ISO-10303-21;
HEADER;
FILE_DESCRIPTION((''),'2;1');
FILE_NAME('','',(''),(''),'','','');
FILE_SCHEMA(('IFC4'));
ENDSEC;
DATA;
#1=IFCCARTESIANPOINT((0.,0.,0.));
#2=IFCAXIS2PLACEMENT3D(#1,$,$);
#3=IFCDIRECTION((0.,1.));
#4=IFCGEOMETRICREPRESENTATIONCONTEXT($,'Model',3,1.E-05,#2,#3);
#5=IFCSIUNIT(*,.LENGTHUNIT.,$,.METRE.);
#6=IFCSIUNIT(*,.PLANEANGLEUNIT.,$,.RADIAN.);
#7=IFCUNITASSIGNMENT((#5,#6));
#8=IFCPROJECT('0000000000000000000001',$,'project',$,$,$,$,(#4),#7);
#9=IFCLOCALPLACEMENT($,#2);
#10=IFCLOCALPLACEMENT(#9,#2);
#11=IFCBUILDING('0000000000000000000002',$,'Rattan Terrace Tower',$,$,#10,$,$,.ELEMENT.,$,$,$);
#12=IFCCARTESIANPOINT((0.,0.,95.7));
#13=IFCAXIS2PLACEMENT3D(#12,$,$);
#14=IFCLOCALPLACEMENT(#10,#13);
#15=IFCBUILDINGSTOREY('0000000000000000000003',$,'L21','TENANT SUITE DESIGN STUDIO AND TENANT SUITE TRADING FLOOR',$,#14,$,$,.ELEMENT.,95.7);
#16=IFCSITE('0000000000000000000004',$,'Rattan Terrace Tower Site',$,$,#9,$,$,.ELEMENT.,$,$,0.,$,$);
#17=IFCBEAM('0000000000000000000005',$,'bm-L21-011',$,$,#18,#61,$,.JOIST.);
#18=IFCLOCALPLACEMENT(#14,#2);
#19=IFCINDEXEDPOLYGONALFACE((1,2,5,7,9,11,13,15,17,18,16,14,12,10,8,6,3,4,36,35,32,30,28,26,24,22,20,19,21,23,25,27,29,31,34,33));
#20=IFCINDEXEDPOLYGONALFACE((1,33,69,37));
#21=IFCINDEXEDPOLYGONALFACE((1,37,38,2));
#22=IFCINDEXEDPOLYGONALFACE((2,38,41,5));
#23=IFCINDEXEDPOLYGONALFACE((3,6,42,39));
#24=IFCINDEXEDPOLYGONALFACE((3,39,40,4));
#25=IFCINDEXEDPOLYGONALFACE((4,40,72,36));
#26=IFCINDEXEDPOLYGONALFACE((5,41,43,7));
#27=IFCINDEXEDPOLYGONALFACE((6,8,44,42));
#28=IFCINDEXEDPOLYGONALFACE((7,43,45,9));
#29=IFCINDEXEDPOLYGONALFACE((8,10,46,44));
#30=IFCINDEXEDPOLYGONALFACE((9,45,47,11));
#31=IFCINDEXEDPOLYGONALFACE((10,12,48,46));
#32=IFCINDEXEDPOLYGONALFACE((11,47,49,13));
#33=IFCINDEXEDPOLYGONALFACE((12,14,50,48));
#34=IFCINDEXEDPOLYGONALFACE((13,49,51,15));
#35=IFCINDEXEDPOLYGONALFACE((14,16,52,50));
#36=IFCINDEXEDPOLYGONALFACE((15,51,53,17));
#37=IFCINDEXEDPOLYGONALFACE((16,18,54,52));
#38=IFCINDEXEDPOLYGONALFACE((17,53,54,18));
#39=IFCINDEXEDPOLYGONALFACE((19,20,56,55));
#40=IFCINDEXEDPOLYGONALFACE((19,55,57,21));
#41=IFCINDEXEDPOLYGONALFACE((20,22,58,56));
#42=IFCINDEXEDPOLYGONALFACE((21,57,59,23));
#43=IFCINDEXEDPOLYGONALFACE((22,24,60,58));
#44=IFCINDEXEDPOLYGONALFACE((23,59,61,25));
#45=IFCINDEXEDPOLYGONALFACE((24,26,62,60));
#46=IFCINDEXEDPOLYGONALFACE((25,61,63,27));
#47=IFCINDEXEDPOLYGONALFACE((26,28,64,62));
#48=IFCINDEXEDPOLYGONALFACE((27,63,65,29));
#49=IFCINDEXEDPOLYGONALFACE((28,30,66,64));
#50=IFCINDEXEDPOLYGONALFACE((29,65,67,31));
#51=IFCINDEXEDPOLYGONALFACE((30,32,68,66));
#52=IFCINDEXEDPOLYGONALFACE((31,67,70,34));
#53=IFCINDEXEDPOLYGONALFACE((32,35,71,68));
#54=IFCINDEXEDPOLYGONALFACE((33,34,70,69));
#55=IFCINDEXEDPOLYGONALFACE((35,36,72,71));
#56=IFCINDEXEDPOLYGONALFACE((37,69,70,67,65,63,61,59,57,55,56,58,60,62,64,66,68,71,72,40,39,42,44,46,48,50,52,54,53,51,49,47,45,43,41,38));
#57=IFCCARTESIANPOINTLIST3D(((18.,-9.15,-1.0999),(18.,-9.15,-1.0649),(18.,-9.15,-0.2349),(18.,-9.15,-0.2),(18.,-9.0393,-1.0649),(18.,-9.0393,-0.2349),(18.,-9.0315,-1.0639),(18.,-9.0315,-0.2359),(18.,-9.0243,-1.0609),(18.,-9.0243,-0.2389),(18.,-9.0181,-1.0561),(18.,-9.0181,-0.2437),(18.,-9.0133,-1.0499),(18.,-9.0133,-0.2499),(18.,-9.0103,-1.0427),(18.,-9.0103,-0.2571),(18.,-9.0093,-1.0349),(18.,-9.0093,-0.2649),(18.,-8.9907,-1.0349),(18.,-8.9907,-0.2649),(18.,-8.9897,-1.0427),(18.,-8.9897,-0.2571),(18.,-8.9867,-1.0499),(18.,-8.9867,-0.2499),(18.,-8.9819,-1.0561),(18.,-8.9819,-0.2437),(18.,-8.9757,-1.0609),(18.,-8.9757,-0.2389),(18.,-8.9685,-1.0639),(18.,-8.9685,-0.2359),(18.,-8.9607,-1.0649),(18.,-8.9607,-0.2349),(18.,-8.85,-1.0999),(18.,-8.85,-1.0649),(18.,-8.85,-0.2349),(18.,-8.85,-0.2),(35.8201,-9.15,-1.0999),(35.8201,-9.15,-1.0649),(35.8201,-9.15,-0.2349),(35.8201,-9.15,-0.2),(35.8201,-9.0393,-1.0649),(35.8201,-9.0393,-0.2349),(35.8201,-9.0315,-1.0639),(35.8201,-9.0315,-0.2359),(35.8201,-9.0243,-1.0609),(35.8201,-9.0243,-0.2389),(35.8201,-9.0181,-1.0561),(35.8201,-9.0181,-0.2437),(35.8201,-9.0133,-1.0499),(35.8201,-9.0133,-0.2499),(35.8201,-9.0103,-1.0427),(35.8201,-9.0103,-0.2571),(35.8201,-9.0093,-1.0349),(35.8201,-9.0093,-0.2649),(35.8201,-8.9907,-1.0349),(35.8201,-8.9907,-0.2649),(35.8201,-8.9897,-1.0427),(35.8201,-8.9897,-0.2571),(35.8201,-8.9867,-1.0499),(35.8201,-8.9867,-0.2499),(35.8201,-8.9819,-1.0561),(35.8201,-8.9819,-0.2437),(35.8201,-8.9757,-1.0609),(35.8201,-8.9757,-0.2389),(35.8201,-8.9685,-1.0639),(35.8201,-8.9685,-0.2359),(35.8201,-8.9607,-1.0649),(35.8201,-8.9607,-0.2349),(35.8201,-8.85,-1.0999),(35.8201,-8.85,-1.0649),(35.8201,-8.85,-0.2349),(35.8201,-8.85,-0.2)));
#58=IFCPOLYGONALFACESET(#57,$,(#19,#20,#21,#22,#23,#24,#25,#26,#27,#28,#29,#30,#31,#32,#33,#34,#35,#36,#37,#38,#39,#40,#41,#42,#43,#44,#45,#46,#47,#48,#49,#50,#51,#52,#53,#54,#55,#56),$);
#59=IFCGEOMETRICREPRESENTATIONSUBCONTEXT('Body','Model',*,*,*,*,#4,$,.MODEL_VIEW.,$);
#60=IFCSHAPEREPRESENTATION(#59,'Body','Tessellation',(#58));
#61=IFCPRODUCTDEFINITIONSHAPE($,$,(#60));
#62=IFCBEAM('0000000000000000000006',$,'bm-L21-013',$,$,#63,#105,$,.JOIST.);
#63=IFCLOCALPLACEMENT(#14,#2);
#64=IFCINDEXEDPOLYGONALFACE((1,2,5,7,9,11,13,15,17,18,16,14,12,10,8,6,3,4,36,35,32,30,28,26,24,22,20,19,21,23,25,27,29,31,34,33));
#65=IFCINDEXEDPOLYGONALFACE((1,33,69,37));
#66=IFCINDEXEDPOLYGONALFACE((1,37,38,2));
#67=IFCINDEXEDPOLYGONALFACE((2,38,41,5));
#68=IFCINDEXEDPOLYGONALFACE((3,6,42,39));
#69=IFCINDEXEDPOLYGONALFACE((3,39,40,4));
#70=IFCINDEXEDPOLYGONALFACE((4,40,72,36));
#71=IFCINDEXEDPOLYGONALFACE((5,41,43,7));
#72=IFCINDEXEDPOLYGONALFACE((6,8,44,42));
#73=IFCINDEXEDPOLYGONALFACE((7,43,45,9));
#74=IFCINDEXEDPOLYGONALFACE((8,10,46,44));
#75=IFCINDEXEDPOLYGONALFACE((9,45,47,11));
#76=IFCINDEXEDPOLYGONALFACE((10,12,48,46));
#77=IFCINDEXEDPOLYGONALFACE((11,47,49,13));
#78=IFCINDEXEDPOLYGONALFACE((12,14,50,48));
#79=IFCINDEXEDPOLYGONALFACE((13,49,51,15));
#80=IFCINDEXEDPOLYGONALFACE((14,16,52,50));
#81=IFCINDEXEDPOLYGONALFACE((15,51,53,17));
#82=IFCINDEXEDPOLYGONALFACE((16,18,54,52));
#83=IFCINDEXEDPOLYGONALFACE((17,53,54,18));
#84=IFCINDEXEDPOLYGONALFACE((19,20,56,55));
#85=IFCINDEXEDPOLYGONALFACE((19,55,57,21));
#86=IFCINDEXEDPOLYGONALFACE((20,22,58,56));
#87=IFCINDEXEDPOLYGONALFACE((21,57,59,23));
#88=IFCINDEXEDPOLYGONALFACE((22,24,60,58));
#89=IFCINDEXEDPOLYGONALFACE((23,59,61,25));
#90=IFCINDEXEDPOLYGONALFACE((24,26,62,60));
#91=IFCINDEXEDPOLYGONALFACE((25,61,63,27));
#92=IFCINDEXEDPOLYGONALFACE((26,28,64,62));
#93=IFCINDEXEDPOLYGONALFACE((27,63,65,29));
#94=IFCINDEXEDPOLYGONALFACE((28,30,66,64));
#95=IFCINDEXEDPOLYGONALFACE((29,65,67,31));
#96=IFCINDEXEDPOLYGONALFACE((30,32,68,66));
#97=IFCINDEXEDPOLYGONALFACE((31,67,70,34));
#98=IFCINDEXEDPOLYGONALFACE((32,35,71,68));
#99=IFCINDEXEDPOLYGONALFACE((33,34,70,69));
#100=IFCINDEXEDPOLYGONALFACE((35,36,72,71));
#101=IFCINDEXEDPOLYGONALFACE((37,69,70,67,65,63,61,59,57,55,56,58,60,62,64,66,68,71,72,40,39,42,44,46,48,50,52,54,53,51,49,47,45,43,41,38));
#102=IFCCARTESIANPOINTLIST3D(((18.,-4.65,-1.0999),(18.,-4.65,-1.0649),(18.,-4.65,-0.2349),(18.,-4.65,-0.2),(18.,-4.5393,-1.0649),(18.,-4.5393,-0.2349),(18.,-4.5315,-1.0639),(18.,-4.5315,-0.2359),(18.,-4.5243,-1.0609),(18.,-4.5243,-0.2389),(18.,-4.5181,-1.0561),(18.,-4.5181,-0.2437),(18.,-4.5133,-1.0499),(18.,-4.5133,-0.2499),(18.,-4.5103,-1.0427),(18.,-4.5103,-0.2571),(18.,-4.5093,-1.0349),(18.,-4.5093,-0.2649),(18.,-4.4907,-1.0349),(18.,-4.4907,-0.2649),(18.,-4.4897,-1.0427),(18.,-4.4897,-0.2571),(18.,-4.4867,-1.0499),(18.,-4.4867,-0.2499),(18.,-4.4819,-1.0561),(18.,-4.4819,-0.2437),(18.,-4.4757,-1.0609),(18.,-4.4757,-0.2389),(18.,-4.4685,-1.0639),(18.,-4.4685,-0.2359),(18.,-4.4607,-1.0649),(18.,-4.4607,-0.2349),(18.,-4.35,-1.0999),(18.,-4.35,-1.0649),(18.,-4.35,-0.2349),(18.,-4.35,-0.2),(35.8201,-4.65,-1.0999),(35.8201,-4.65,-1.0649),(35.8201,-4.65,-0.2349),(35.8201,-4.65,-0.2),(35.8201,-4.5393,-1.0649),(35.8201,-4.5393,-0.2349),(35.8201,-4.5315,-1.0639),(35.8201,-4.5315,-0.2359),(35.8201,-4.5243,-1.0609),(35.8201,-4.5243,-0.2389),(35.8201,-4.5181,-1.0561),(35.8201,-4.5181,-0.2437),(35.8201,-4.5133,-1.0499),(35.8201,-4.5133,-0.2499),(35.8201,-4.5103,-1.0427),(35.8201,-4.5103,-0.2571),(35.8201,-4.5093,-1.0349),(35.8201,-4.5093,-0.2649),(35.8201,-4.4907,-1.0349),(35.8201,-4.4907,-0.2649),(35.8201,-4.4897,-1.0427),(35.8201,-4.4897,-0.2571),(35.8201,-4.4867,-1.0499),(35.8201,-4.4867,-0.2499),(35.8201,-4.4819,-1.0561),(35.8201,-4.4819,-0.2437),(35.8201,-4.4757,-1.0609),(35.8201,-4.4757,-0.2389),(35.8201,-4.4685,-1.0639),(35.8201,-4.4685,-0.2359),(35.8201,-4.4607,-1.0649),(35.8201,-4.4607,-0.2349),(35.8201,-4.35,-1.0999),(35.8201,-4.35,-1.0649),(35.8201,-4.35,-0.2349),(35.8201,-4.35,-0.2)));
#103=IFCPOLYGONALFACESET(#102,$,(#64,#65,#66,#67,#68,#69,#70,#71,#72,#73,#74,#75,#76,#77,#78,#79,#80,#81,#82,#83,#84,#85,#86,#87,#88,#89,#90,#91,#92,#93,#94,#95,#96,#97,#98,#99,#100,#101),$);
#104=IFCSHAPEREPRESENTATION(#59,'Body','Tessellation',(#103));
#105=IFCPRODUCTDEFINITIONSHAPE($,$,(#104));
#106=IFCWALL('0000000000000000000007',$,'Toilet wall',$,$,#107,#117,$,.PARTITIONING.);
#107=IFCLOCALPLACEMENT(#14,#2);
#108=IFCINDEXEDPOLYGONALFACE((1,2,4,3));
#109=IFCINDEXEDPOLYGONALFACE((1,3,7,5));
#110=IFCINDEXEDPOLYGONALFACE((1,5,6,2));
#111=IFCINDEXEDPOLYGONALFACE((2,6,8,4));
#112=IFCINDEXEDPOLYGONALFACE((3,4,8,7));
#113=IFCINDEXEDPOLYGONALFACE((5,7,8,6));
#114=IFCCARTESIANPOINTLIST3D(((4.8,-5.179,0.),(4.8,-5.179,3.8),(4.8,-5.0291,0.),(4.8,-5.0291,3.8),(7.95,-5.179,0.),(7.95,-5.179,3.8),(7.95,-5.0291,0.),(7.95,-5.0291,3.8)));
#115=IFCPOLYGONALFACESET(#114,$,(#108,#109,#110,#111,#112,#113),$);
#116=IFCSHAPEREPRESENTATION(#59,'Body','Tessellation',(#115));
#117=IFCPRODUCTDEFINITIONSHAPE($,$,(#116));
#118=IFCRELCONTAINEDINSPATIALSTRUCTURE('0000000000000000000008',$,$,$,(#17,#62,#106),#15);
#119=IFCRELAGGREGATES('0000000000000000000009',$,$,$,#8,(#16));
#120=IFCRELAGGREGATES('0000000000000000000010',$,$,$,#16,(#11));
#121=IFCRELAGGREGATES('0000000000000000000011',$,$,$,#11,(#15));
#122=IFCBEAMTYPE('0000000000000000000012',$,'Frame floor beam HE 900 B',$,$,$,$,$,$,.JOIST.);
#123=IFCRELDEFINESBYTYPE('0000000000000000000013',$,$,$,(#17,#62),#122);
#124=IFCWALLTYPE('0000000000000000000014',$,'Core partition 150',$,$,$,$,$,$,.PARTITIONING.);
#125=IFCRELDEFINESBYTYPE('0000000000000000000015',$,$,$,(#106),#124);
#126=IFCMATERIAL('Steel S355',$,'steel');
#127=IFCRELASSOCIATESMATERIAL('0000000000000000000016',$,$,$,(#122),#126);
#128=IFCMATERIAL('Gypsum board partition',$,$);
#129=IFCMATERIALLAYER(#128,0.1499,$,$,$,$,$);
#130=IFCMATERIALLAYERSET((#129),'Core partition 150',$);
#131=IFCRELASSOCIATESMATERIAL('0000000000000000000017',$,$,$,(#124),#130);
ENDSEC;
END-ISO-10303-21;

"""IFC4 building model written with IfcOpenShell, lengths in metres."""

from ifc_helpers import new_model, si_unit, direction, frame, frame_2d, origin, origin_2d, place, context, subcontext, project, spatial, rectangle, i_section, extrude, material, layer, layer_set, material_profile, profile_set, type_object, element, save


model = new_model("IFC4")

# Units and contexts
model_context = context("Model", 3, precision=1e-05, world=origin(), true_north=direction((0.0, 1.0)))
body_context = subcontext(model_context, "Body", "Model", "MODEL_VIEW")
ifc_project = project(units=[si_unit("LENGTHUNIT", "METRE"), si_unit("PLANEANGLEUNIT", "RADIAN")], contexts=[model_context])

# Site, building, storey
site_placement = place(None, origin())
site = spatial("IfcSite", under=ifc_project, at=site_placement, Name="Rattan Terrace Tower Site", CompositionType="ELEMENT", RefElevation=0.0)
building_placement = place(site_placement, origin())
building = spatial("IfcBuilding", under=site, at=building_placement, Name="Rattan Terrace Tower", CompositionType="ELEMENT")
storey_placement = place(building_placement, frame((0.0, 0.0, 95.7)))
storey = spatial("IfcBuildingStorey", under=building, at=storey_placement, Name="L21", Description="TENANT SUITE DESIGN STUDIO AND TENANT SUITE TRADING FLOOR", CompositionType="ELEMENT", Elevation=95.7)

# Beams
ifc_material_1 = material(Name="Steel S355", Category="steel")
ifc_material_profile = material_profile(ifc_material_1, i_section(OverallWidth=0.3, OverallDepth=0.8999, WebThickness=0.0186, FlangeThickness=0.0349, FilletRadius=0.03, at=origin_2d()), Name="HE 900 B")
ifc_profile_set = profile_set([ifc_material_profile], Name="Steel S355")
beam_type = type_object("IfcBeamType", Name="Frame floor beam HE 900 B", PredefinedType="JOIST", material=ifc_profile_set)
for number, where, z_axis, x_axis, name in (
    (1, (18.0, -9.0, -0.6499), (1.0, 0.0, 0.0), (0.0, 1.0, 0.0), "bm-L21-011"),
    (2, (18.0, -4.5, -0.6499), (1.0, 0.0, 0.0), (0.0, 1.0, 0.0), "bm-L21-013"),
):
    element("IfcBeam", number, at=place(storey_placement, frame(where, z_axis=z_axis, x_axis=x_axis)), inside=storey, type_object=beam_type, Name=name, PredefinedType="JOIST", context=body_context, shape_type="SweptSolid", body=[
        extrude(i_section(OverallWidth=0.3, OverallDepth=0.8999, WebThickness=0.0186, FlangeThickness=0.0349, FilletRadius=0.03, at=origin_2d()), origin(), (0.0, 0.0, 1.0), 17.8201),
    ])

# Wall
ifc_material_2 = material(Name="Gypsum board partition")
ifc_layer_1 = layer(ifc_material_2, 0.1499)
ifc_layer_set_1 = layer_set([ifc_layer_1], Name="Core partition 150")
wall_type_1 = type_object("IfcWallType", Name="Core partition 150", PredefinedType="PARTITIONING", material=ifc_layer_set_1)
wall_1_placement = place(storey_placement, frame((4.8, -5.104, 0.0), z_axis=(0.0, 0.0, 1.0), x_axis=(1.0, 0.0, 0.0)))
element("IfcWall", 3, at=wall_1_placement, inside=storey, type_object=wall_type_1, Name="Toilet wall", PredefinedType="PARTITIONING", context=body_context, shape_type="SweptSolid", body=[
    extrude(rectangle(XDim=3.1499, YDim=0.1499, at=frame_2d((1.575, 0.0))), origin(), (0.0, 0.0, 1.0), 3.8),
])

save(model, "model.ifc")
